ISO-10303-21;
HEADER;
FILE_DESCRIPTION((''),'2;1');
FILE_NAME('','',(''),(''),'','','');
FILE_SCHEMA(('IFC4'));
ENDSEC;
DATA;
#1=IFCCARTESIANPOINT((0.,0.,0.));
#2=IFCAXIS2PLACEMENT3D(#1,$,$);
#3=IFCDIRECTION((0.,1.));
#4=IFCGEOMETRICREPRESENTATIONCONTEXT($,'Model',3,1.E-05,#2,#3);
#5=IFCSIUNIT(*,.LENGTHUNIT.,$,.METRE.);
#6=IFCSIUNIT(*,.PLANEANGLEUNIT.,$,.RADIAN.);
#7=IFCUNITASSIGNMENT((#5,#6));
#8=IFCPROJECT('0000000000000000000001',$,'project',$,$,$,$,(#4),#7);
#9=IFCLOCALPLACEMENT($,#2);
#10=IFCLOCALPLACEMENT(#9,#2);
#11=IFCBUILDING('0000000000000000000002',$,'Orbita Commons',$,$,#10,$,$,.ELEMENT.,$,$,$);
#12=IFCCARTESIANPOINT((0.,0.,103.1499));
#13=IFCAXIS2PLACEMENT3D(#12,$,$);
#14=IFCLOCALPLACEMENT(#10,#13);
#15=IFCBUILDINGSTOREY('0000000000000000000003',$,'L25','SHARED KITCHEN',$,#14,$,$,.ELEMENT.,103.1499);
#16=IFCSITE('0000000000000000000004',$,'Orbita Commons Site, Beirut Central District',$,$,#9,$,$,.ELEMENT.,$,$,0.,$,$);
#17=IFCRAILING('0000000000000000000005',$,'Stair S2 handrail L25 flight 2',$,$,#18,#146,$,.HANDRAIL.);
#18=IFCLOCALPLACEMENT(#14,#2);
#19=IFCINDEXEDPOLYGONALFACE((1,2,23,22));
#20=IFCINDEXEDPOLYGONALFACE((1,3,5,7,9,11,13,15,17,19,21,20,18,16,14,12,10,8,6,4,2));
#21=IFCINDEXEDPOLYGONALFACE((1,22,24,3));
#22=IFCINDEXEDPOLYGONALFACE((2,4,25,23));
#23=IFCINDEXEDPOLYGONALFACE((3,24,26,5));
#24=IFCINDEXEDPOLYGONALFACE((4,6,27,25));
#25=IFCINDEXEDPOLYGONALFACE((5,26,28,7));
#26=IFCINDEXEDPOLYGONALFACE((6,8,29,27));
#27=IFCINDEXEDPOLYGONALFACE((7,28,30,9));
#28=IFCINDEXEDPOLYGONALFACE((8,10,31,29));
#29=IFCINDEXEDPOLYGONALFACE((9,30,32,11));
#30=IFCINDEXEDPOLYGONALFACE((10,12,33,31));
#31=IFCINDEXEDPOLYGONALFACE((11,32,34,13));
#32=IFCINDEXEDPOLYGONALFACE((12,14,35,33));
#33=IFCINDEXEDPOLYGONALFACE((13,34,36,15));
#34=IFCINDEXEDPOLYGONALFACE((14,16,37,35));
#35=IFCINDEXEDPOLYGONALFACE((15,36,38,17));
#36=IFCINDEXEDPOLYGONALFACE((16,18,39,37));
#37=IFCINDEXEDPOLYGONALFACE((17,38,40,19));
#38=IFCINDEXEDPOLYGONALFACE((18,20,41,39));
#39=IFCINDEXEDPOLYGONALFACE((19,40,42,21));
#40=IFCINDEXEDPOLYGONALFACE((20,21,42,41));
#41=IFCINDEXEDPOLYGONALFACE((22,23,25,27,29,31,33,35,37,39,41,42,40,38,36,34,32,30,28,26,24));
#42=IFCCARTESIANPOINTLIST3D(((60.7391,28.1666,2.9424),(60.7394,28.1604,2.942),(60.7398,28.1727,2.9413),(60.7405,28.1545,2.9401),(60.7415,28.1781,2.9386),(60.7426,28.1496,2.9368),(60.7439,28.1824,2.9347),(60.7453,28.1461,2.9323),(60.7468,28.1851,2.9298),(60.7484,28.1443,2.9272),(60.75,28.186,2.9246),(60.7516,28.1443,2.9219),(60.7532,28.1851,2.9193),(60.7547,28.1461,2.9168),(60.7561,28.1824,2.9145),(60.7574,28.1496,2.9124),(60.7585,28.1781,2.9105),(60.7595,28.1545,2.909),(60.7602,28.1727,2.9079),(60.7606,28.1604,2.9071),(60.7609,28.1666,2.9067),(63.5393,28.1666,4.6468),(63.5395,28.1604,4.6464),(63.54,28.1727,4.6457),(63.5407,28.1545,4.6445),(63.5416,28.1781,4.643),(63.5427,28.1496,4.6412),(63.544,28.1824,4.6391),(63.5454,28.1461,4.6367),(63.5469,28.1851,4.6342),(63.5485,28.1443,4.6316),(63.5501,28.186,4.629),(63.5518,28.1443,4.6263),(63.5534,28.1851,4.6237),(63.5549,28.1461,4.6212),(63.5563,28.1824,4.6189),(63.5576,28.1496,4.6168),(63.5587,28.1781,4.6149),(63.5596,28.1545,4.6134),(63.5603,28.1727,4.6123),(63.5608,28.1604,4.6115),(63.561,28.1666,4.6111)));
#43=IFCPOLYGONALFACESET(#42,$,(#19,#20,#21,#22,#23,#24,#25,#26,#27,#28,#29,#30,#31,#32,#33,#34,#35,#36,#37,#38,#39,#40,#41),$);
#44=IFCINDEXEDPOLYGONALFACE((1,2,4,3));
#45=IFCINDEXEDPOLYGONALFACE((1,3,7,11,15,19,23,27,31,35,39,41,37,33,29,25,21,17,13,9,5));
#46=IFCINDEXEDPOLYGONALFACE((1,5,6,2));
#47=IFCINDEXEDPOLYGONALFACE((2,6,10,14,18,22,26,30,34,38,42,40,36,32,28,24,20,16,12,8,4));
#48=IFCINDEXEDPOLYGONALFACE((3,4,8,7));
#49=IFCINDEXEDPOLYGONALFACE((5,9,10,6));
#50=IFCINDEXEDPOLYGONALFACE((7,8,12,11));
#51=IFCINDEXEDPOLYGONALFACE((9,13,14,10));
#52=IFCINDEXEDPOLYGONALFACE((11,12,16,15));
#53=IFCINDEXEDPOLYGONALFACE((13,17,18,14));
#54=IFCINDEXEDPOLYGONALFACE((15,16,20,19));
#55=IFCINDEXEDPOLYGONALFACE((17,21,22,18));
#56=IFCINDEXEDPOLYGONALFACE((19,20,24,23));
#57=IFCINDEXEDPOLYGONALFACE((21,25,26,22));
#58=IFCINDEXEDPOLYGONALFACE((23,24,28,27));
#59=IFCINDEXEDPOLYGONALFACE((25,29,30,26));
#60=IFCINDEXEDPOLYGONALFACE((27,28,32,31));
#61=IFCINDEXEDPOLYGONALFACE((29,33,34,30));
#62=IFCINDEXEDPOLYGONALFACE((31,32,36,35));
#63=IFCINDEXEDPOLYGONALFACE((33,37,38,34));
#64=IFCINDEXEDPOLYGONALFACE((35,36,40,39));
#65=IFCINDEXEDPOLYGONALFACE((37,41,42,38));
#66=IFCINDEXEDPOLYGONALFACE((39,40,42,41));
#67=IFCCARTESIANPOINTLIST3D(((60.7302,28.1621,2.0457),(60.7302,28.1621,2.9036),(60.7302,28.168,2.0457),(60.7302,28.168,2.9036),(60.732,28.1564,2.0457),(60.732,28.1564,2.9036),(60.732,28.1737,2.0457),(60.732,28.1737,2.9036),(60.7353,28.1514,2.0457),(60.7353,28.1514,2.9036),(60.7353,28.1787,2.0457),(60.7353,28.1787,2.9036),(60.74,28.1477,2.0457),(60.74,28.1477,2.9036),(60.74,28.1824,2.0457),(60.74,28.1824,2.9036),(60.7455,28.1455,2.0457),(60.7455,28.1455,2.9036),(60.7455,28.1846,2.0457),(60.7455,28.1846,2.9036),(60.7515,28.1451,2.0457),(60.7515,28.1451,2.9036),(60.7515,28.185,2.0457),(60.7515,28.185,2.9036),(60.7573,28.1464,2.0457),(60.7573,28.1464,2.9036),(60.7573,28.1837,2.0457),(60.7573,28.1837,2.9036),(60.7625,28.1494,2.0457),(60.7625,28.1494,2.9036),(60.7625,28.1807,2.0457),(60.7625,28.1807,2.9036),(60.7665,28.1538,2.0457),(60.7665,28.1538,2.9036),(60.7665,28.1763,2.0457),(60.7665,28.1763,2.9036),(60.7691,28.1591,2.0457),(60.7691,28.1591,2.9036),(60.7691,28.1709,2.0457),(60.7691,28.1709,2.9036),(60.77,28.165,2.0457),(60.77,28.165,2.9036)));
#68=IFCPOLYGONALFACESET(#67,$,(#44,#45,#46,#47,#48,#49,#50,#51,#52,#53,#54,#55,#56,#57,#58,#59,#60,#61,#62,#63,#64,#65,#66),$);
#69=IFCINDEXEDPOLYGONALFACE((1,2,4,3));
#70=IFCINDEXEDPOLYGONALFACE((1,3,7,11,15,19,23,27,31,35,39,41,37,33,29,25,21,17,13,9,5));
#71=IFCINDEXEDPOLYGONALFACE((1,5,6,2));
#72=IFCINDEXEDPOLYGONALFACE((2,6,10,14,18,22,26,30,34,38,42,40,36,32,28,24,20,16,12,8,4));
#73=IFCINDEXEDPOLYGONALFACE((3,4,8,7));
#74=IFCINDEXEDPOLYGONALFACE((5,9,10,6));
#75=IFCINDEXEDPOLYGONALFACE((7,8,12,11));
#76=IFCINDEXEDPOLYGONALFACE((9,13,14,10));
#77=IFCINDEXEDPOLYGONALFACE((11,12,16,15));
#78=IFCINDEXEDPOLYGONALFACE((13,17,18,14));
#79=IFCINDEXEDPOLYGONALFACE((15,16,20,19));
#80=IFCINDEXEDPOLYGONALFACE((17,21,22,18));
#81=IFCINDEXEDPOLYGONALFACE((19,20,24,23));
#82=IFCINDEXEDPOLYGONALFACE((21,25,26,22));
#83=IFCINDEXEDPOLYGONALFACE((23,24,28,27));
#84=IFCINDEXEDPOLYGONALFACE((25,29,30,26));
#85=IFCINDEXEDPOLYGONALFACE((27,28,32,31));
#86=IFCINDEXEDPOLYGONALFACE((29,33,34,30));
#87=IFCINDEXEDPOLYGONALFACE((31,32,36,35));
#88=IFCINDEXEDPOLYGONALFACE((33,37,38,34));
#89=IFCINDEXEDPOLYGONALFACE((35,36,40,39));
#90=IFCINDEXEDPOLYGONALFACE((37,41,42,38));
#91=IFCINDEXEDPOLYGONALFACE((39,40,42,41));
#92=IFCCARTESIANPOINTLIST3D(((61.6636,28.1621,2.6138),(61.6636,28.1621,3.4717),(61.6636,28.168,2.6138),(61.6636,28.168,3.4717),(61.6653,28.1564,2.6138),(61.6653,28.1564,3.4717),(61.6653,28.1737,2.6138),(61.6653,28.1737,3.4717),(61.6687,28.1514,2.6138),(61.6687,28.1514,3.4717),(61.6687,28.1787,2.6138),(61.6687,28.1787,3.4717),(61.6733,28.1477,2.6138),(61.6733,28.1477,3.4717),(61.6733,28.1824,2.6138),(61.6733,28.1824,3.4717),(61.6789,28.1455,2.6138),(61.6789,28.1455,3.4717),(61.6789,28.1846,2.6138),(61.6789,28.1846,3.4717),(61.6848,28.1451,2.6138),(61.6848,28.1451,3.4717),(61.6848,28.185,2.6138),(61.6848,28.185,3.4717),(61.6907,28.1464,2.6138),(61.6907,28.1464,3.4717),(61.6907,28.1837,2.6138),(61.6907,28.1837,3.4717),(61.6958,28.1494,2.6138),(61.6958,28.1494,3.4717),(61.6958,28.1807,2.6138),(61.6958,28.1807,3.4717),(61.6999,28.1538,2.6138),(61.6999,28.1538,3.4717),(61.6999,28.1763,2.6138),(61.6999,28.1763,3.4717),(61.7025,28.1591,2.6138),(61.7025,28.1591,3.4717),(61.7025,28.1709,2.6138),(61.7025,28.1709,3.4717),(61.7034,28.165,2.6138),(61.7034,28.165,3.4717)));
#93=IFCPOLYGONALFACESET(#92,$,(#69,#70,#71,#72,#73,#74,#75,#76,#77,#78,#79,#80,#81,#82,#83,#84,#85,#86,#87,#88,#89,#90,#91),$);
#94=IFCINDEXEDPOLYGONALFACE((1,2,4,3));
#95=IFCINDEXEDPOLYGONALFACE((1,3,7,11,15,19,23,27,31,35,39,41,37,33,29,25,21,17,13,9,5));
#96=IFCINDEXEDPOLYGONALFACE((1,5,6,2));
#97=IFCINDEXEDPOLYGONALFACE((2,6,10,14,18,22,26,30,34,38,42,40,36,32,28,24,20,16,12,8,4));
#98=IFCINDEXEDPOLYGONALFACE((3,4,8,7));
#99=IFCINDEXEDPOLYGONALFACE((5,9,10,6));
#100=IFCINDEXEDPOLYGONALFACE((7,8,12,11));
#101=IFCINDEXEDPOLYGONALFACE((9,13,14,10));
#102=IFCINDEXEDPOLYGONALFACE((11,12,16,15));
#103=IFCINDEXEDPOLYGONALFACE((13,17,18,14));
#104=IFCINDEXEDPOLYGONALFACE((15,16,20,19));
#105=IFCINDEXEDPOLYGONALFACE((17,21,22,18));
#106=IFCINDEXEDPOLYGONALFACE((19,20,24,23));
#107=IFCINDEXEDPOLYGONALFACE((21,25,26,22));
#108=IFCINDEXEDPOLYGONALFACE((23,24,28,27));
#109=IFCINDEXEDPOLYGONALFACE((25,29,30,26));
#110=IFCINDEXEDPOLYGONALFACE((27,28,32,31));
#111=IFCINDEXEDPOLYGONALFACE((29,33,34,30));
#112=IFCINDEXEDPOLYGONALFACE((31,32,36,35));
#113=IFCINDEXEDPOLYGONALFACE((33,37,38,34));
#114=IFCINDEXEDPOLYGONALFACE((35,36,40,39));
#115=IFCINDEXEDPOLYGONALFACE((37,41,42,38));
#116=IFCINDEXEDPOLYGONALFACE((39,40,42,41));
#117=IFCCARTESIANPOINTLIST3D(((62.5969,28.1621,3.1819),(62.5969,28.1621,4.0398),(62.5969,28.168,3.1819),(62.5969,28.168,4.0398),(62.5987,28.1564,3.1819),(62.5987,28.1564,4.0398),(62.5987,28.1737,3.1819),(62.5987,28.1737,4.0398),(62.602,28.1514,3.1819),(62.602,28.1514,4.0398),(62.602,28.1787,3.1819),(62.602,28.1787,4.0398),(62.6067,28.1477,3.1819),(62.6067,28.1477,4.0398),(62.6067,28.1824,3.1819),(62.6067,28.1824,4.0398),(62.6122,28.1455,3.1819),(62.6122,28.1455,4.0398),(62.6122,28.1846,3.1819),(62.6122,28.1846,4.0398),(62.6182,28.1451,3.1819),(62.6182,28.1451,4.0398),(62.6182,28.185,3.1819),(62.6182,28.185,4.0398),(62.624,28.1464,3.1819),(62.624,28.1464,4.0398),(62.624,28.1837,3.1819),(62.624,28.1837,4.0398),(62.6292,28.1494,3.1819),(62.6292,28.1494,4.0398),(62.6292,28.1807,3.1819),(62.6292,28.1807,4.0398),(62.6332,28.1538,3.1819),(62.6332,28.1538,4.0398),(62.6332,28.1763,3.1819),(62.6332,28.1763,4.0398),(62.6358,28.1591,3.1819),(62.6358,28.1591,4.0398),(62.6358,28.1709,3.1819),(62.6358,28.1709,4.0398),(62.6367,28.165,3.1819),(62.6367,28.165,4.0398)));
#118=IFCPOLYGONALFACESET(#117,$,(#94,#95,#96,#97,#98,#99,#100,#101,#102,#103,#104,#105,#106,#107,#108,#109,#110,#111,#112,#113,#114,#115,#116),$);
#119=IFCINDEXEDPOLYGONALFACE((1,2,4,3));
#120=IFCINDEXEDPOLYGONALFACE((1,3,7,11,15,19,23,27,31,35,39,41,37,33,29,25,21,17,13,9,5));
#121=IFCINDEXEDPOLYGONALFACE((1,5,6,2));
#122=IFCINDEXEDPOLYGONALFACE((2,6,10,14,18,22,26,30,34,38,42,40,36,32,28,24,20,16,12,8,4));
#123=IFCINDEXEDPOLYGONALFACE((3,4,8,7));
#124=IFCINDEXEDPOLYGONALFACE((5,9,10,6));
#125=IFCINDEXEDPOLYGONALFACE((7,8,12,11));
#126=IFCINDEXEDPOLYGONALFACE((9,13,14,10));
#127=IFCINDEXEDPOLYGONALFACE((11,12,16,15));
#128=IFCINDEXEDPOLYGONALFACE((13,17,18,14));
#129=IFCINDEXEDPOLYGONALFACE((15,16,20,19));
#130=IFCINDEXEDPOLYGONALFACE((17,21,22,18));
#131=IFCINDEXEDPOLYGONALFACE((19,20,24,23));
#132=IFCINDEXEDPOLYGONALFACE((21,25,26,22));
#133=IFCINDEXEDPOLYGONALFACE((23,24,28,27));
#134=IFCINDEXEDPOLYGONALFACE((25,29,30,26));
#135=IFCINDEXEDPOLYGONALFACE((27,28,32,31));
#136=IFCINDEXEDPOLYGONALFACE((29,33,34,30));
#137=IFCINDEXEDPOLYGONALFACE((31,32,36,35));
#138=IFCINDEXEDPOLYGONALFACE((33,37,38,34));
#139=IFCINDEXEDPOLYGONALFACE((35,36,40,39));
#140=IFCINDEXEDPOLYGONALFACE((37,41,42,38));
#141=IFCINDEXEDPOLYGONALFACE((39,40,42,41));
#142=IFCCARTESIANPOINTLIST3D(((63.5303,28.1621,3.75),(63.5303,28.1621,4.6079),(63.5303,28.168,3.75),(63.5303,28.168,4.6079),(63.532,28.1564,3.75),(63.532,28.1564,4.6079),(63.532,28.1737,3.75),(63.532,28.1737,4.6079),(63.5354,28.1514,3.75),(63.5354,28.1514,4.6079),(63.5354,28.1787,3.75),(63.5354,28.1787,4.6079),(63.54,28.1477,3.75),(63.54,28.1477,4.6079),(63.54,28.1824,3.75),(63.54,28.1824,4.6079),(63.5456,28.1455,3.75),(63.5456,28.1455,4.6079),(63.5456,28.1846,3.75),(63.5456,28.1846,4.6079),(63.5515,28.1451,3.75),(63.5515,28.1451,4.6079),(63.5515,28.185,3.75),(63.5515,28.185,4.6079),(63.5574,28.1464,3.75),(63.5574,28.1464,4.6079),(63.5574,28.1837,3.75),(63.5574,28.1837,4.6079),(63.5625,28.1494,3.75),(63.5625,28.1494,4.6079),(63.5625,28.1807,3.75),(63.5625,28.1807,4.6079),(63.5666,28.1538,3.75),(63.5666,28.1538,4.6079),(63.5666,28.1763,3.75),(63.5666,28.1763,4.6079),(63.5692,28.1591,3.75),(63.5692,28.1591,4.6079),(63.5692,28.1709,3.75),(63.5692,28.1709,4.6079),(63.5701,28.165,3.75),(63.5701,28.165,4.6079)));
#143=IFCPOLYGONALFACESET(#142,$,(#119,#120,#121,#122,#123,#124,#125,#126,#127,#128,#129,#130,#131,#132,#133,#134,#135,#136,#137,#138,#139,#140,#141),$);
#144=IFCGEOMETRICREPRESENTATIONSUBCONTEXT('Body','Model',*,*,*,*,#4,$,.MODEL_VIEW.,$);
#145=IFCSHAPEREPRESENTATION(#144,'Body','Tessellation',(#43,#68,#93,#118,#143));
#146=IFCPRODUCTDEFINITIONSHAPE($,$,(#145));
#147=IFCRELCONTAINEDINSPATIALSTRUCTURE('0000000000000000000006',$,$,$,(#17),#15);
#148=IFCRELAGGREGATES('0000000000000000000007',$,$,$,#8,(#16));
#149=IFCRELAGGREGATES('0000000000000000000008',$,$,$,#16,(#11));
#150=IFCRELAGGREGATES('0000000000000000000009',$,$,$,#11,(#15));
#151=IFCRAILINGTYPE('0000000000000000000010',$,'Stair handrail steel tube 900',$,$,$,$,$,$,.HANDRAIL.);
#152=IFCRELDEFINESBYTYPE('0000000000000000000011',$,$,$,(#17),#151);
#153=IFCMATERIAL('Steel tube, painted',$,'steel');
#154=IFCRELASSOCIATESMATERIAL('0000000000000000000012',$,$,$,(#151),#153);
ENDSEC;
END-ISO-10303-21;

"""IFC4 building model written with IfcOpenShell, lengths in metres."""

from ifc_helpers import new_model, si_unit, direction, frame, origin, origin_2d, place, context, subcontext, project, spatial, circle, extrude, material, type_object, element, save


model = new_model("IFC4")

# Units and contexts
model_context = context("Model", 3, precision=1e-05, world=origin(), true_north=direction((0.0, 1.0)))
body_context = subcontext(model_context, "Body", "Model", "MODEL_VIEW")
ifc_project = project(units=[si_unit("LENGTHUNIT", "METRE"), si_unit("PLANEANGLEUNIT", "RADIAN")], contexts=[model_context])

# Site, building, storey
site_placement = place(None, origin())
site = spatial("IfcSite", under=ifc_project, at=site_placement, Name="Orbita Commons Site, Beirut Central District", CompositionType="ELEMENT", RefElevation=0.0)
building_placement = place(site_placement, origin())
building = spatial("IfcBuilding", under=site, at=building_placement, Name="Orbita Commons", CompositionType="ELEMENT")
storey_placement = place(building_placement, frame((0.0, 0.0, 103.1499)))
storey = spatial("IfcBuildingStorey", under=building, at=storey_placement, Name="L25", Description="SHARED KITCHEN", CompositionType="ELEMENT", Elevation=103.1499)

# Railing
ifc_material_1 = material(Name="Steel tube, painted", Category="steel")
railing_type = type_object("IfcRailingType", Name="Stair handrail steel tube 900", PredefinedType="HANDRAIL", material=ifc_material_1)
for number, where, name in (
    (1, (60.75, 28.165, 2.0457), "Stair S2 handrail L25 flight 2"),
):
    element("IfcRailing", number, at=place(storey_placement, frame(where)), inside=storey, type_object=railing_type, Name=name, PredefinedType="HANDRAIL", context=body_context, shape_type="SweptSolid", body=[
        extrude(circle(Radius=0.021, at=origin_2d()), frame((0.0, 0.0, 0.8789), z_axis=(0.854203, 0.0, 0.51994), x_axis=(0.0, 1.0, 0.0)), (0.0, 0.0, 1.0), 3.2781),
        extrude(circle(Radius=0.02, at=origin_2d()), origin(), (0.0, 0.0, 1.0), 0.8579),
        extrude(circle(Radius=0.02, at=origin_2d()), frame((0.9333, 0.0, 0.5681)), (0.0, 0.0, 1.0), 0.8579),
        extrude(circle(Radius=0.02, at=origin_2d()), frame((1.8667, 0.0, 1.1362)), (0.0, 0.0, 1.0), 0.8579),
        extrude(circle(Radius=0.02, at=origin_2d()), frame((2.8, 0.0, 1.7043)), (0.0, 0.0, 1.0), 0.8579),
    ])

save(model, "model.ifc")
